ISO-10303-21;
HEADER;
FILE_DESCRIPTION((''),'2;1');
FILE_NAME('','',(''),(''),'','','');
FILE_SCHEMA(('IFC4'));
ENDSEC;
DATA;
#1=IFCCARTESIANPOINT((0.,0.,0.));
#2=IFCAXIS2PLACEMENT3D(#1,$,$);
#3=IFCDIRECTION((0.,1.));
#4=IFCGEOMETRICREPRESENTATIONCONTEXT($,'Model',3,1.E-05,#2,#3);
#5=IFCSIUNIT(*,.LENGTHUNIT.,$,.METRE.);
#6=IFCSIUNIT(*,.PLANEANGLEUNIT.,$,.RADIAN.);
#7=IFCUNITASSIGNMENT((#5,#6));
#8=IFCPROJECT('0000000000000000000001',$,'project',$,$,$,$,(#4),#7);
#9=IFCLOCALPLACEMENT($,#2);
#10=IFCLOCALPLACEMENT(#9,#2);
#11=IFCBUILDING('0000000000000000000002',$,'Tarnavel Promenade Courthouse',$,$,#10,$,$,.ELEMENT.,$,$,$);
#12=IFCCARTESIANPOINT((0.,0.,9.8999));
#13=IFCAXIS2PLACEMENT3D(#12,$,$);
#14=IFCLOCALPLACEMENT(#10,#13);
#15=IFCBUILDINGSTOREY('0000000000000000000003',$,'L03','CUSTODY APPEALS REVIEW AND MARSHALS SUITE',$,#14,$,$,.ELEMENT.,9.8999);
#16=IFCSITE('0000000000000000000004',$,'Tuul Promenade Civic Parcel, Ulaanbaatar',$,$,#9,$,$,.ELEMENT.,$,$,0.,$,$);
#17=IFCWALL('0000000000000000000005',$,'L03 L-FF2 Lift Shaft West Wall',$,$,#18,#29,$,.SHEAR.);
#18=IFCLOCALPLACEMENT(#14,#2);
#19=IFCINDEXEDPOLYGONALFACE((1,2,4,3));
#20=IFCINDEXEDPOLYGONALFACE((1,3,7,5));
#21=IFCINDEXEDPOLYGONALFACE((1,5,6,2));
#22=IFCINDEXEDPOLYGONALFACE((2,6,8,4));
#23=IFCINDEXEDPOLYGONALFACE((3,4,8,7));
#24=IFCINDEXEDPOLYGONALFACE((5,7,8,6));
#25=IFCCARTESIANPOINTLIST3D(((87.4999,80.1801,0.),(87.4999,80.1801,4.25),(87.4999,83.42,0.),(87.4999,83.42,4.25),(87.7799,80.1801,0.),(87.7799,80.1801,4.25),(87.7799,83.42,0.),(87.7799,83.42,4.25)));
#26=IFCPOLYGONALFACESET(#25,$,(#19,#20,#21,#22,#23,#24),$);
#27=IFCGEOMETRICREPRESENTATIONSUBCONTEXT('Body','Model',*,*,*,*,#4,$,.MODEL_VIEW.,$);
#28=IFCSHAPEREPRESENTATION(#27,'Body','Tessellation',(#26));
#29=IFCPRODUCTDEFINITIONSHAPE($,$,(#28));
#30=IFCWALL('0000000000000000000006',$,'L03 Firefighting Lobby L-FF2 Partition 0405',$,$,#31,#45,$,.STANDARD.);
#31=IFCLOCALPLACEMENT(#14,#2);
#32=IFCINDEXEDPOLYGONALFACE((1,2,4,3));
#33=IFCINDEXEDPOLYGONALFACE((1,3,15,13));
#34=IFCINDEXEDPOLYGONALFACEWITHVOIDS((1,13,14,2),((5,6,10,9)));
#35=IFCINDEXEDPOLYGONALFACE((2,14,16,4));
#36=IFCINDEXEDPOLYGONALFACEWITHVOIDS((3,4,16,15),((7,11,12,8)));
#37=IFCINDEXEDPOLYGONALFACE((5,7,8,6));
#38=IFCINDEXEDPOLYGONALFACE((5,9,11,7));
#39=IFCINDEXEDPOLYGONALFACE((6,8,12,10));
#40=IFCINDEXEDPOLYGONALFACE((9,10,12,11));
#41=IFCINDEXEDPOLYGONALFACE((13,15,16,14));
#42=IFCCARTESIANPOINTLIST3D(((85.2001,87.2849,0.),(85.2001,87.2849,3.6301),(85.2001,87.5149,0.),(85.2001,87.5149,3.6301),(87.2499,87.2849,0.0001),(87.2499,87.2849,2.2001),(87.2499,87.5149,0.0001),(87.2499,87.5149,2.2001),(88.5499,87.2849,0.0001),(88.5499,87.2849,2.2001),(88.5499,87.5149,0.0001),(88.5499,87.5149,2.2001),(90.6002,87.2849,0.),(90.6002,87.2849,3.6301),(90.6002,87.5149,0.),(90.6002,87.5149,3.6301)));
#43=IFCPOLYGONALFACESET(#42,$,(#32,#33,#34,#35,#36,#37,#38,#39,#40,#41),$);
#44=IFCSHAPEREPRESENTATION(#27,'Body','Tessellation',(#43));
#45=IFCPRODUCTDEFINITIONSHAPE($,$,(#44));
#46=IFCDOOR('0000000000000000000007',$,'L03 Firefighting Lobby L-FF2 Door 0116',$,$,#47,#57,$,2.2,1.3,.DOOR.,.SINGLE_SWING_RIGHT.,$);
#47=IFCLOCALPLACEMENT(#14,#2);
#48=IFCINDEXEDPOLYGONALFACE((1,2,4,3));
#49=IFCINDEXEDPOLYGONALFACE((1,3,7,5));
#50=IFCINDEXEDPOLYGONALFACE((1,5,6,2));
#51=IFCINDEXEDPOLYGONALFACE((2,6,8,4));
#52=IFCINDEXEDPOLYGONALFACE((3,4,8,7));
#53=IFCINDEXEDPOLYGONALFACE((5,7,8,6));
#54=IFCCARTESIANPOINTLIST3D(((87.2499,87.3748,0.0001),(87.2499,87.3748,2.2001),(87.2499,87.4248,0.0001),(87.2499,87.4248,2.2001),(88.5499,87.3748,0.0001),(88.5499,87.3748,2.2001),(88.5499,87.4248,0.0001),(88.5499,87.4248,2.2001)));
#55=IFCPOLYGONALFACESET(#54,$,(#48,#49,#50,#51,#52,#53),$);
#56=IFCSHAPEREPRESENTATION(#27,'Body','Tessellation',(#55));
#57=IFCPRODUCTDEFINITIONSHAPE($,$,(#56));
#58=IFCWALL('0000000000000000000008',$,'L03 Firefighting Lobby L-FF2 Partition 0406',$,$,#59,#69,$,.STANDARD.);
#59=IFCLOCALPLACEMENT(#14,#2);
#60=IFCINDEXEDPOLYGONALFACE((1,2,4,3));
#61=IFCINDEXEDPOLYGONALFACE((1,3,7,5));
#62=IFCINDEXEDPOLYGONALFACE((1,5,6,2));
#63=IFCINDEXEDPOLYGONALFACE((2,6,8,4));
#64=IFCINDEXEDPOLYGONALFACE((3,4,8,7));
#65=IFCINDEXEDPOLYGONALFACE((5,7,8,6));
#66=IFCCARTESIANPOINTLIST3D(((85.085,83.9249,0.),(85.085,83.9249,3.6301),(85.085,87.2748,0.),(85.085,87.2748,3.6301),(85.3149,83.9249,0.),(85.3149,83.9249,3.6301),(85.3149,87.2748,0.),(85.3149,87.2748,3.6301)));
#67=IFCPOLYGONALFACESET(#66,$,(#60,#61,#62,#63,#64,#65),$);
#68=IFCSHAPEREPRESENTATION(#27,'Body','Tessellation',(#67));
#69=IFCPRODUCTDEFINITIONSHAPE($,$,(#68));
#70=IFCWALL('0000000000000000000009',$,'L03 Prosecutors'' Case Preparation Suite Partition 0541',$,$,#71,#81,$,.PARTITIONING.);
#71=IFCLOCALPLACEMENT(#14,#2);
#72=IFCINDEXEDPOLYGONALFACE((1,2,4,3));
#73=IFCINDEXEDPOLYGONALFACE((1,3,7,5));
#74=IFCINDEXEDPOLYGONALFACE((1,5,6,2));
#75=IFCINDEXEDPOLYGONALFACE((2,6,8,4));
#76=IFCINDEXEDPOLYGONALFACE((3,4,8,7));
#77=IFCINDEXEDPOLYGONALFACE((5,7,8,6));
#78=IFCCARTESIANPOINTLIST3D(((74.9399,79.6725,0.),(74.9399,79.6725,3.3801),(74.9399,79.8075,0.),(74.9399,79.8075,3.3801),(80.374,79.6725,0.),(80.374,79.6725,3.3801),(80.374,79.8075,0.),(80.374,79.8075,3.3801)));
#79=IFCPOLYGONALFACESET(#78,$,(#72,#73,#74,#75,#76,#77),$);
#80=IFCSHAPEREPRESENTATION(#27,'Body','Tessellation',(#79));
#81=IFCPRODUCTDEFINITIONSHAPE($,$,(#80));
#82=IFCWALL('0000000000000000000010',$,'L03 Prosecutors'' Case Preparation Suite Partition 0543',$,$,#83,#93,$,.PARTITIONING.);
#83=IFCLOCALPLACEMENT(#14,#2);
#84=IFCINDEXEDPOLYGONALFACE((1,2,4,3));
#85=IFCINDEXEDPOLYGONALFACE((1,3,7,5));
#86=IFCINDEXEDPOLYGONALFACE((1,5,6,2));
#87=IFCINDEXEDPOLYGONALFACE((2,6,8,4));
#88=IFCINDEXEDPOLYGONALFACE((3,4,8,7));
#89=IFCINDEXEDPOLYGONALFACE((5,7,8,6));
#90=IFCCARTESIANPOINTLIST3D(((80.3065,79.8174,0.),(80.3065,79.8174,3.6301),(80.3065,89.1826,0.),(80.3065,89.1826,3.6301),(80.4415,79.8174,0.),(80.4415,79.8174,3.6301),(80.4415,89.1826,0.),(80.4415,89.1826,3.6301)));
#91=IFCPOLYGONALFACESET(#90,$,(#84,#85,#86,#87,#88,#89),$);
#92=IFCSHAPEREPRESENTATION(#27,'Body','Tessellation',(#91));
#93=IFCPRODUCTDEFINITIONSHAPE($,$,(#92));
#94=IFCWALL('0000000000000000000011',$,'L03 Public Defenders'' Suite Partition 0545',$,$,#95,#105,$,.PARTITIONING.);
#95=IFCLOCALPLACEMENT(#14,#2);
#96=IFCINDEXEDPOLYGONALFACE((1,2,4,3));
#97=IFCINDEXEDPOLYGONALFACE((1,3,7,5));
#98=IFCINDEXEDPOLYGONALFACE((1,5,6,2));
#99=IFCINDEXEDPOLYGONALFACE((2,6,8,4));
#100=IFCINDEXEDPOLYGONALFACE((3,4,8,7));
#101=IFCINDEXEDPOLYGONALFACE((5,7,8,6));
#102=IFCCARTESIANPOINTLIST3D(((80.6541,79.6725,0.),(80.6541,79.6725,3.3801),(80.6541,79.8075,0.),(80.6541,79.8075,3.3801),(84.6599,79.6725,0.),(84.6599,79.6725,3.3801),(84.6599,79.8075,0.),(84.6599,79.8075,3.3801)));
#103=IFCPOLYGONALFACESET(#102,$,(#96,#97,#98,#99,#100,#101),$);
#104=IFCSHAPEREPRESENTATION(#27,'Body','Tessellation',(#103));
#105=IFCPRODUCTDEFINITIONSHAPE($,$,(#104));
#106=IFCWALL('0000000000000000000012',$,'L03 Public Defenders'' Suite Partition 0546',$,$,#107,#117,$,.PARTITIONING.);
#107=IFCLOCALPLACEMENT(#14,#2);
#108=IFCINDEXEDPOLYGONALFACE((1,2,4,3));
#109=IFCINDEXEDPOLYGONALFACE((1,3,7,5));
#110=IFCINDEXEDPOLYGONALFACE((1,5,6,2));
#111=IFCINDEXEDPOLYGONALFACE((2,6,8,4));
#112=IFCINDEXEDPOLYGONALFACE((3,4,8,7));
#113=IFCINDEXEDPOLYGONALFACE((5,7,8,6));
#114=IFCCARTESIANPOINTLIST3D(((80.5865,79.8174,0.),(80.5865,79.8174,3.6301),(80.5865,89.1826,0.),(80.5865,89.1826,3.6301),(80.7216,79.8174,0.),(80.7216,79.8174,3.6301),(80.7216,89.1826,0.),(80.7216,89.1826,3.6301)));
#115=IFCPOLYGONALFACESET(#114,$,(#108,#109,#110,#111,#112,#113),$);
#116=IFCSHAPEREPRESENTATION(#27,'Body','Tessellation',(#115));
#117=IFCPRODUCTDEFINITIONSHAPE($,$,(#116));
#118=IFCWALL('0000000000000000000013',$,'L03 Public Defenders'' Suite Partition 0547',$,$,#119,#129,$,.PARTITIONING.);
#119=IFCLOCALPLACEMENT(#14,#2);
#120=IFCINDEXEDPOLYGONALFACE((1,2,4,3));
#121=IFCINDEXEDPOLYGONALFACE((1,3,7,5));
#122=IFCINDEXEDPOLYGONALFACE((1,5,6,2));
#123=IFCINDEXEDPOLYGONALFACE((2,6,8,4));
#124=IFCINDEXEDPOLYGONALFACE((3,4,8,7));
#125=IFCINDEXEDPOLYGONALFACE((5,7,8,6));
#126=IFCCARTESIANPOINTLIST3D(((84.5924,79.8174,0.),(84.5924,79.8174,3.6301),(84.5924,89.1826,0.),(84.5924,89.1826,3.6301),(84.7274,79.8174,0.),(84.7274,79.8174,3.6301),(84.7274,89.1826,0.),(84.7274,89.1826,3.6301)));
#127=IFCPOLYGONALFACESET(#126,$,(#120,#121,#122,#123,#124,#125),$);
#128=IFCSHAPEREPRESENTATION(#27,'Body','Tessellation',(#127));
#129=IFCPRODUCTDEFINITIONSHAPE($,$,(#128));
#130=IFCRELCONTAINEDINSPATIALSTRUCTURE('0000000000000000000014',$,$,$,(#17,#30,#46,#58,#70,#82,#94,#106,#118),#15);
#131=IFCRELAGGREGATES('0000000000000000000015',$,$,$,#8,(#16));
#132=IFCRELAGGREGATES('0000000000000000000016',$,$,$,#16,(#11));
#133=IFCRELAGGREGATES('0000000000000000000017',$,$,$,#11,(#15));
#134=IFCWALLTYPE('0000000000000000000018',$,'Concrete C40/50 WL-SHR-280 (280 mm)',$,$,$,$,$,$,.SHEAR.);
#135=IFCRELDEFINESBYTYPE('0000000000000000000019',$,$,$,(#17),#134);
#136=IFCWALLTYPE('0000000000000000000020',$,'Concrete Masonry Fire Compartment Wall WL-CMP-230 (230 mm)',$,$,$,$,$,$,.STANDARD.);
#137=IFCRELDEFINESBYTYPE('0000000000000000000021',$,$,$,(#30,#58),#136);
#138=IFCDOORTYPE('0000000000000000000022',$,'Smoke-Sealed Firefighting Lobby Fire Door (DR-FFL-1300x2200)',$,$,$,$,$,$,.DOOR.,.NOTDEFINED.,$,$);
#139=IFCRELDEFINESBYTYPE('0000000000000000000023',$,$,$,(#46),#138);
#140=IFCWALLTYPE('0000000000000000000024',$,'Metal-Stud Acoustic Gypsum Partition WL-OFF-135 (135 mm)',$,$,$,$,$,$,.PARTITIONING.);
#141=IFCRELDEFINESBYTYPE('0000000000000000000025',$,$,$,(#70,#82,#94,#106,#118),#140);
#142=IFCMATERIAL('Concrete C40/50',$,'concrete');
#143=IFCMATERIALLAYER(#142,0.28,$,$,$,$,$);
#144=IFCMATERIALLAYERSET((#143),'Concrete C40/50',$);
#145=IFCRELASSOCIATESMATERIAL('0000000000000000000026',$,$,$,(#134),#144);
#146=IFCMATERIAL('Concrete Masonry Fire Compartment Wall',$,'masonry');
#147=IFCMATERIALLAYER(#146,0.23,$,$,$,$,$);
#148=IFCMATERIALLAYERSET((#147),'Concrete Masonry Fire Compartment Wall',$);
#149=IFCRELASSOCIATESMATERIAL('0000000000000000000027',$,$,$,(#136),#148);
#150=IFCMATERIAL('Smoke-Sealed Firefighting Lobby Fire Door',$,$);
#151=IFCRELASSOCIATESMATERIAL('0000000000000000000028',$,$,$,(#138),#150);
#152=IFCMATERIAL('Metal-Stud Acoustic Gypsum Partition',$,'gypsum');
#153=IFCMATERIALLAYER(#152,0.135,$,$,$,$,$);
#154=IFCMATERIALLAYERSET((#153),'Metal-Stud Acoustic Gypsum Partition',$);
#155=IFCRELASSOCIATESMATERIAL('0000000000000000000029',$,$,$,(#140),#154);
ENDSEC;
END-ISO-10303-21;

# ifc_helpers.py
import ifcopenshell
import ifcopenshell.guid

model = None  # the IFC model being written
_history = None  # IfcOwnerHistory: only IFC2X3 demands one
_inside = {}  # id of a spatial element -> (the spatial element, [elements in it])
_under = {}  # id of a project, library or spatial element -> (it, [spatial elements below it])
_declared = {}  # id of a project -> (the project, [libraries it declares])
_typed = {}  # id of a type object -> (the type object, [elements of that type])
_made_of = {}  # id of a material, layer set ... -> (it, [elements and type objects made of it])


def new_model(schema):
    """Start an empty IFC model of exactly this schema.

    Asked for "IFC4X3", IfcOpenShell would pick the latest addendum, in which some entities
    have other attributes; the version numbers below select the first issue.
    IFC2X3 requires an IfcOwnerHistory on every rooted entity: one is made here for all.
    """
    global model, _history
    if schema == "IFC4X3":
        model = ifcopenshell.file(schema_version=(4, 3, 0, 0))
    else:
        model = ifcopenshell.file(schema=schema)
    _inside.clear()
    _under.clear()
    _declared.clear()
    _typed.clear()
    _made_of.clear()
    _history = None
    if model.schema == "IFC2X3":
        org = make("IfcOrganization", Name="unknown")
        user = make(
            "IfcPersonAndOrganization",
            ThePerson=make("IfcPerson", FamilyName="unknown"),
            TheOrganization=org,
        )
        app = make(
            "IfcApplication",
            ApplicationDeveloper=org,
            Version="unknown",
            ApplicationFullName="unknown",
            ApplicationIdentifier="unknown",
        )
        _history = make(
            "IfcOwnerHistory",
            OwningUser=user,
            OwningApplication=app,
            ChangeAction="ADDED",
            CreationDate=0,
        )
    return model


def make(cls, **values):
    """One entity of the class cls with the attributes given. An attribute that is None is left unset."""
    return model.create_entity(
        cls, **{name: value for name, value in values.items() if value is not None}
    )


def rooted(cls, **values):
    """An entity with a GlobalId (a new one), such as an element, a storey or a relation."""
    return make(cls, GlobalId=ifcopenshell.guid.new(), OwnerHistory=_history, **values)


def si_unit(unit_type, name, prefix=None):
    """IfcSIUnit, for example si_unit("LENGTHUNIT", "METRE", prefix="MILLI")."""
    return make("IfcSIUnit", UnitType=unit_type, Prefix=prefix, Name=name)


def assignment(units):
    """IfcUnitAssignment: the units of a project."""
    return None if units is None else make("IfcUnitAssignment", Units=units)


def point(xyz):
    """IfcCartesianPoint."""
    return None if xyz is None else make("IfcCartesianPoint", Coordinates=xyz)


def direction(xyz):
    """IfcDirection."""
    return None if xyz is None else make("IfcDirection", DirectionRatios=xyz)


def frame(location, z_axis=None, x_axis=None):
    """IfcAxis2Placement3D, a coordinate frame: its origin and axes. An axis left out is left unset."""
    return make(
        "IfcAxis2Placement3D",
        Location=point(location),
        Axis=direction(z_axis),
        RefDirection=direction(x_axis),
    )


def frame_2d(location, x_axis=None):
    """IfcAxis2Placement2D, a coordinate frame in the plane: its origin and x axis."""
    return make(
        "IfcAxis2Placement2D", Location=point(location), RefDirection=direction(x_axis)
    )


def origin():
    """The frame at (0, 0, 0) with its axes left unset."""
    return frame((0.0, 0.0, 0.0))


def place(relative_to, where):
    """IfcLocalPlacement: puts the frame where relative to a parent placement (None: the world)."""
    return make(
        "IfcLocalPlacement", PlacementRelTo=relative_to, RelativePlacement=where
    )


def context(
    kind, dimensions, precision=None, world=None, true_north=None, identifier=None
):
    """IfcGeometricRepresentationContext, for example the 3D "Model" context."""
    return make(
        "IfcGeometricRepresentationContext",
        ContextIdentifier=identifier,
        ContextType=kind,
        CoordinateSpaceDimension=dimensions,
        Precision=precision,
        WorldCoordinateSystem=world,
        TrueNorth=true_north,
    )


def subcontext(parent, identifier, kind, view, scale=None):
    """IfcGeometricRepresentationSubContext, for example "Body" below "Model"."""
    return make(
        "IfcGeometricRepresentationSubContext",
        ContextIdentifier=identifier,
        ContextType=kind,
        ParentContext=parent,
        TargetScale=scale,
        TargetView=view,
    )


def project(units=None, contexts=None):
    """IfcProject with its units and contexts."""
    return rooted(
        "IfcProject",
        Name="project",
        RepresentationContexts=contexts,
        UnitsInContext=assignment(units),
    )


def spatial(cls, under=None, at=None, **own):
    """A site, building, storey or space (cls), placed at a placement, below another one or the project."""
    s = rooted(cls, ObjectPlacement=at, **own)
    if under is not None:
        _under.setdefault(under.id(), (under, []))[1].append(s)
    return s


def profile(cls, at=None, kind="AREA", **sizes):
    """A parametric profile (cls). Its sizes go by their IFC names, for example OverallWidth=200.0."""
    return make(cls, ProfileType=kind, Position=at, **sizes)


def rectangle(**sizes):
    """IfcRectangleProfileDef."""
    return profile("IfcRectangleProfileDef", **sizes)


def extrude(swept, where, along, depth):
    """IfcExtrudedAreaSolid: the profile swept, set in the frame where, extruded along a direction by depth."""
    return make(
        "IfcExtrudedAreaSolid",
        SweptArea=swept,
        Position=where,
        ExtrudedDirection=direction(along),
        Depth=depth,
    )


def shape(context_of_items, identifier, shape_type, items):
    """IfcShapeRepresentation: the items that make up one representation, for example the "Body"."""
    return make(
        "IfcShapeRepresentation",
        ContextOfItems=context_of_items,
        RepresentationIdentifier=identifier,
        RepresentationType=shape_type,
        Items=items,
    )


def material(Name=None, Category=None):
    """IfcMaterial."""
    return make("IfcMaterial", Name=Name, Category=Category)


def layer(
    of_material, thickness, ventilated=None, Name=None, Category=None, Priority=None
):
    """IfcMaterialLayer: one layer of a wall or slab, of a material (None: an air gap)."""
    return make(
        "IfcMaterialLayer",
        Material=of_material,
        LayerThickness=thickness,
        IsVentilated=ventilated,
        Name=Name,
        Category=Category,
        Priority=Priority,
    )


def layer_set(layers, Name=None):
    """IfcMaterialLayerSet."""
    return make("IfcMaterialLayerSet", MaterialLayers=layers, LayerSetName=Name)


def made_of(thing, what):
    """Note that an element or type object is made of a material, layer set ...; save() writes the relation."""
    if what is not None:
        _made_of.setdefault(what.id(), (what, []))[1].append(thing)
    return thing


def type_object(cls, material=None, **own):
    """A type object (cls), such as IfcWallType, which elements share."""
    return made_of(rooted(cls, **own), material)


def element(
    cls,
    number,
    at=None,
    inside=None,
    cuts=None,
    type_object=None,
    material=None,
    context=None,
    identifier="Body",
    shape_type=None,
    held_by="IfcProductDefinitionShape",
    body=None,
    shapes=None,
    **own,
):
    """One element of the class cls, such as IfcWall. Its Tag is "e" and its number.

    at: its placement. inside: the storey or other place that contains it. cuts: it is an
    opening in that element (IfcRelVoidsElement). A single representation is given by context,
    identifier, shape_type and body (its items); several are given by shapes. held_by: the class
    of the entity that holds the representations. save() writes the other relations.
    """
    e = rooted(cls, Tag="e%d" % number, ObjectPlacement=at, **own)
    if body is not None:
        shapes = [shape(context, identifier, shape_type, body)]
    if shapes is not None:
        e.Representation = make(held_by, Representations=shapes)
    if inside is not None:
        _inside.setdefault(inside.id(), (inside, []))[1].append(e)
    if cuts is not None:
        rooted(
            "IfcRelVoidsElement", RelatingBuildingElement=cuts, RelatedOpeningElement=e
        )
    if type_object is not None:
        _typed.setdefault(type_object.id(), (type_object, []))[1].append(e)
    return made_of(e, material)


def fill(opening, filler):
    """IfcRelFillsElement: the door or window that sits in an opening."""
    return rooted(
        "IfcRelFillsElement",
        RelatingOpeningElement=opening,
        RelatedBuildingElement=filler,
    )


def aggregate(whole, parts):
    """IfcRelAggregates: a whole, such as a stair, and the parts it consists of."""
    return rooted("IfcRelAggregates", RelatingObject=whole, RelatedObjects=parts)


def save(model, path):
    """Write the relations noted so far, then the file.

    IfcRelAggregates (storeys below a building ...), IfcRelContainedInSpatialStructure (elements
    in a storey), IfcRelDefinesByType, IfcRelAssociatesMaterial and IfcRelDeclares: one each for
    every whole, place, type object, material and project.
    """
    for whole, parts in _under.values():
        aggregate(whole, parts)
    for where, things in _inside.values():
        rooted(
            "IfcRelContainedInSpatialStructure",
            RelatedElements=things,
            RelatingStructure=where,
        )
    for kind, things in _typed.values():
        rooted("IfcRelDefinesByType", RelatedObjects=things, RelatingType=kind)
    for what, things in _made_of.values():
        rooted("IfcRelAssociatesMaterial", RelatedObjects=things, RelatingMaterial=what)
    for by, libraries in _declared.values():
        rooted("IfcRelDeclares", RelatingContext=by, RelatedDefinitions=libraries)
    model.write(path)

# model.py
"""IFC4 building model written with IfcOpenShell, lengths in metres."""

from ifc_helpers import new_model, si_unit, direction, frame, frame_2d, origin, place, context, subcontext, project, spatial, rectangle, extrude, material, layer, layer_set, type_object, element, fill, save


model = new_model("IFC4")

# Units and contexts
model_context = context("Model", 3, precision=1e-05, world=origin(), true_north=direction((0.0, 1.0)))
body_context = subcontext(model_context, "Body", "Model", "MODEL_VIEW")
ifc_project = project(units=[si_unit("LENGTHUNIT", "METRE"), si_unit("PLANEANGLEUNIT", "RADIAN")], contexts=[model_context])

# Site, building, storey
site_placement = place(None, origin())
site = spatial("IfcSite", under=ifc_project, at=site_placement, Name="Tuul Promenade Civic Parcel, Ulaanbaatar", CompositionType="ELEMENT", RefElevation=0.0)
building_placement = place(site_placement, origin())
building = spatial("IfcBuilding", under=site, at=building_placement, Name="Tarnavel Promenade Courthouse", CompositionType="ELEMENT")
storey_placement = place(building_placement, frame((0.0, 0.0, 9.8999)))
storey = spatial("IfcBuildingStorey", under=building, at=storey_placement, Name="L03", Description="CUSTODY APPEALS REVIEW AND MARSHALS SUITE", CompositionType="ELEMENT", Elevation=9.8999)

# Shared definitions
ifc_material_1 = material(Name="Concrete C40/50", Category="concrete")

# Shared definitions
ifc_layer_1 = layer(ifc_material_1, 0.28)
ifc_layer_set_1 = layer_set([ifc_layer_1], Name="Concrete C40/50")
wall_type_1 = type_object("IfcWallType", Name="Concrete C40/50 WL-SHR-280 (280 mm)", PredefinedType="SHEAR", material=ifc_layer_set_1)

# Wall
wall_1_placement = place(storey_placement, frame((87.6399, 80.1799, 0.0), z_axis=(0.0, 0.0, 1.0), x_axis=(0.0, 1.0, 0.0)))
element("IfcWall", 1, at=wall_1_placement, inside=storey, type_object=wall_type_1, Name="L03 L-FF2 Lift Shaft West Wall", PredefinedType="SHEAR", context=body_context, shape_type="SweptSolid", body=[
    extrude(rectangle(XDim=3.24, YDim=0.28, at=frame_2d((1.6201, 0.0))), origin(), (0.0, 0.0, 1.0), 4.25),
])

# Wall, opening, door
ifc_material_2 = material(Name="Concrete Masonry Fire Compartment Wall", Category="masonry")
ifc_layer_2 = layer(ifc_material_2, 0.23)
ifc_layer_set_2 = layer_set([ifc_layer_2], Name="Concrete Masonry Fire Compartment Wall")
wall_type_2 = type_object("IfcWallType", Name="Concrete Masonry Fire Compartment Wall WL-CMP-230 (230 mm)", PredefinedType="STANDARD", material=ifc_layer_set_2)
wall_2_placement = place(storey_placement, frame((85.2, 87.3999, 0.0), z_axis=(0.0, 0.0, 1.0), x_axis=(1.0, 0.0, 0.0)))
wall_2 = element("IfcWall", 2, at=wall_2_placement, inside=storey, type_object=wall_type_2, Name="L03 Firefighting Lobby L-FF2 Partition 0405", PredefinedType="STANDARD", context=body_context, shape_type="SweptSolid", body=[
    extrude(rectangle(XDim=5.4001, YDim=0.23, at=frame_2d((2.7002, 0.0))), origin(), (0.0, 0.0, 1.0), 3.6301),
])
opening_1_placement = place(wall_2_placement, frame((2.05, 0.0, 0.0)))
opening_1 = element("IfcOpeningElement", 3, at=opening_1_placement, cuts=wall_2, PredefinedType="OPENING", context=body_context, shape_type="SweptSolid", body=[
    extrude(rectangle(XDim=1.3, YDim=2.2, at=frame_2d((0.6499, 1.1001))), frame((0.0, 0.125, 0.0), z_axis=(0.0, -1.0, 0.0), x_axis=(1.0, 0.0, 0.0)), (0.0, 0.0, 1.0), 0.25),
])
ifc_material_3 = material(Name="Smoke-Sealed Firefighting Lobby Fire Door")
door_type_1 = type_object("IfcDoorType", Name="Smoke-Sealed Firefighting Lobby Fire Door (DR-FFL-1300x2200)", OperationType="NOTDEFINED", PredefinedType="DOOR", material=ifc_material_3)
door_1_placement = place(opening_1_placement, origin())
door_1 = element("IfcDoor", 4, at=door_1_placement, inside=storey, type_object=door_type_1, Name="L03 Firefighting Lobby L-FF2 Door 0116", OperationType="SINGLE_SWING_RIGHT", OverallHeight=2.2, OverallWidth=1.3, PredefinedType="DOOR", context=body_context, shape_type="SweptSolid", body=[
    extrude(rectangle(XDim=1.3, YDim=2.2, at=frame_2d((0.6499, 1.1001))), frame((0.0, 0.0249, 0.0), z_axis=(0.0, -1.0, 0.0), x_axis=(1.0, 0.0, 0.0)), (0.0, 0.0, 1.0), 0.05),
])
fill(opening_1, door_1)

# Walls
wall_3_placement = place(storey_placement, frame((85.2, 83.925, 0.0), z_axis=(0.0, 0.0, 1.0), x_axis=(0.0, 1.0, 0.0)))
element("IfcWall", 5, at=wall_3_placement, inside=storey, type_object=wall_type_2, Name="L03 Firefighting Lobby L-FF2 Partition 0406", PredefinedType="STANDARD", context=body_context, shape_type="SweptSolid", body=[
    extrude(rectangle(XDim=3.3499, YDim=0.23, at=frame_2d((1.6748, 0.0))), origin(), (0.0, 0.0, 1.0), 3.6301),
])
ifc_material_4 = material(Name="Metal-Stud Acoustic Gypsum Partition", Category="gypsum")
ifc_layer_3 = layer(ifc_material_4, 0.135)
ifc_layer_set_3 = layer_set([ifc_layer_3], Name="Metal-Stud Acoustic Gypsum Partition")
wall_type_3 = type_object("IfcWallType", Name="Metal-Stud Acoustic Gypsum Partition WL-OFF-135 (135 mm)", PredefinedType="PARTITIONING", material=ifc_layer_set_3)
wall_4_placement = place(storey_placement, frame((80.374, 79.74, 0.0), z_axis=(0.0, 0.0, 1.0), x_axis=(-1.0, 0.0, 0.0)))
element("IfcWall", 6, at=wall_4_placement, inside=storey, type_object=wall_type_3, Name="L03 Prosecutors' Case Preparation Suite Partition 0541", PredefinedType="PARTITIONING", context=body_context, shape_type="SweptSolid", body=[
    extrude(rectangle(XDim=5.4341, YDim=0.135, at=frame_2d((2.717, 0.0))), origin(), (0.0, 0.0, 1.0), 3.3801),
])
wall_5_placement = place(storey_placement, frame((80.374, 89.1826, 0.0), z_axis=(0.0, 0.0, 1.0), x_axis=(0.0, -1.0, 0.0)))
element("IfcWall", 7, at=wall_5_placement, inside=storey, type_object=wall_type_3, Name="L03 Prosecutors' Case Preparation Suite Partition 0543", PredefinedType="PARTITIONING", context=body_context, shape_type="SweptSolid", body=[
    extrude(rectangle(XDim=9.3652, YDim=0.135, at=frame_2d((4.6826, 0.0))), origin(), (0.0, 0.0, 1.0), 3.6301),
])

# Walls
wall_6_placement = place(storey_placement, frame((84.6599, 79.74, 0.0), z_axis=(0.0, 0.0, 1.0), x_axis=(-1.0, 0.0, 0.0)))
element("IfcWall", 8, at=wall_6_placement, inside=storey, type_object=wall_type_3, Name="L03 Public Defenders' Suite Partition 0545", PredefinedType="PARTITIONING", context=body_context, shape_type="SweptSolid", body=[
    extrude(rectangle(XDim=4.0059, YDim=0.135, at=frame_2d((2.0029, 0.0))), origin(), (0.0, 0.0, 1.0), 3.3801),
])
for number, where, z_axis, x_axis, name in (
    (9, (80.6541, 79.8174, 0.0), (0.0, 0.0, 1.0), (0.0, 1.0, 0.0), "L03 Public Defenders' Suite Partition 0546"),
    (10, (84.6599, 89.1826, 0.0), (0.0, 0.0, 1.0), (0.0, -1.0, 0.0), "L03 Public Defenders' Suite Partition 0547"),
):
    element("IfcWall", number, at=place(storey_placement, frame(where, z_axis=z_axis, x_axis=x_axis)), inside=storey, type_object=wall_type_3, Name=name, PredefinedType="PARTITIONING", context=body_context, shape_type="SweptSolid", body=[
        extrude(rectangle(XDim=9.3652, YDim=0.135, at=frame_2d((4.6826, 0.0))), origin(), (0.0, 0.0, 1.0), 3.6301),
    ])

save(model, "model.ifc")
